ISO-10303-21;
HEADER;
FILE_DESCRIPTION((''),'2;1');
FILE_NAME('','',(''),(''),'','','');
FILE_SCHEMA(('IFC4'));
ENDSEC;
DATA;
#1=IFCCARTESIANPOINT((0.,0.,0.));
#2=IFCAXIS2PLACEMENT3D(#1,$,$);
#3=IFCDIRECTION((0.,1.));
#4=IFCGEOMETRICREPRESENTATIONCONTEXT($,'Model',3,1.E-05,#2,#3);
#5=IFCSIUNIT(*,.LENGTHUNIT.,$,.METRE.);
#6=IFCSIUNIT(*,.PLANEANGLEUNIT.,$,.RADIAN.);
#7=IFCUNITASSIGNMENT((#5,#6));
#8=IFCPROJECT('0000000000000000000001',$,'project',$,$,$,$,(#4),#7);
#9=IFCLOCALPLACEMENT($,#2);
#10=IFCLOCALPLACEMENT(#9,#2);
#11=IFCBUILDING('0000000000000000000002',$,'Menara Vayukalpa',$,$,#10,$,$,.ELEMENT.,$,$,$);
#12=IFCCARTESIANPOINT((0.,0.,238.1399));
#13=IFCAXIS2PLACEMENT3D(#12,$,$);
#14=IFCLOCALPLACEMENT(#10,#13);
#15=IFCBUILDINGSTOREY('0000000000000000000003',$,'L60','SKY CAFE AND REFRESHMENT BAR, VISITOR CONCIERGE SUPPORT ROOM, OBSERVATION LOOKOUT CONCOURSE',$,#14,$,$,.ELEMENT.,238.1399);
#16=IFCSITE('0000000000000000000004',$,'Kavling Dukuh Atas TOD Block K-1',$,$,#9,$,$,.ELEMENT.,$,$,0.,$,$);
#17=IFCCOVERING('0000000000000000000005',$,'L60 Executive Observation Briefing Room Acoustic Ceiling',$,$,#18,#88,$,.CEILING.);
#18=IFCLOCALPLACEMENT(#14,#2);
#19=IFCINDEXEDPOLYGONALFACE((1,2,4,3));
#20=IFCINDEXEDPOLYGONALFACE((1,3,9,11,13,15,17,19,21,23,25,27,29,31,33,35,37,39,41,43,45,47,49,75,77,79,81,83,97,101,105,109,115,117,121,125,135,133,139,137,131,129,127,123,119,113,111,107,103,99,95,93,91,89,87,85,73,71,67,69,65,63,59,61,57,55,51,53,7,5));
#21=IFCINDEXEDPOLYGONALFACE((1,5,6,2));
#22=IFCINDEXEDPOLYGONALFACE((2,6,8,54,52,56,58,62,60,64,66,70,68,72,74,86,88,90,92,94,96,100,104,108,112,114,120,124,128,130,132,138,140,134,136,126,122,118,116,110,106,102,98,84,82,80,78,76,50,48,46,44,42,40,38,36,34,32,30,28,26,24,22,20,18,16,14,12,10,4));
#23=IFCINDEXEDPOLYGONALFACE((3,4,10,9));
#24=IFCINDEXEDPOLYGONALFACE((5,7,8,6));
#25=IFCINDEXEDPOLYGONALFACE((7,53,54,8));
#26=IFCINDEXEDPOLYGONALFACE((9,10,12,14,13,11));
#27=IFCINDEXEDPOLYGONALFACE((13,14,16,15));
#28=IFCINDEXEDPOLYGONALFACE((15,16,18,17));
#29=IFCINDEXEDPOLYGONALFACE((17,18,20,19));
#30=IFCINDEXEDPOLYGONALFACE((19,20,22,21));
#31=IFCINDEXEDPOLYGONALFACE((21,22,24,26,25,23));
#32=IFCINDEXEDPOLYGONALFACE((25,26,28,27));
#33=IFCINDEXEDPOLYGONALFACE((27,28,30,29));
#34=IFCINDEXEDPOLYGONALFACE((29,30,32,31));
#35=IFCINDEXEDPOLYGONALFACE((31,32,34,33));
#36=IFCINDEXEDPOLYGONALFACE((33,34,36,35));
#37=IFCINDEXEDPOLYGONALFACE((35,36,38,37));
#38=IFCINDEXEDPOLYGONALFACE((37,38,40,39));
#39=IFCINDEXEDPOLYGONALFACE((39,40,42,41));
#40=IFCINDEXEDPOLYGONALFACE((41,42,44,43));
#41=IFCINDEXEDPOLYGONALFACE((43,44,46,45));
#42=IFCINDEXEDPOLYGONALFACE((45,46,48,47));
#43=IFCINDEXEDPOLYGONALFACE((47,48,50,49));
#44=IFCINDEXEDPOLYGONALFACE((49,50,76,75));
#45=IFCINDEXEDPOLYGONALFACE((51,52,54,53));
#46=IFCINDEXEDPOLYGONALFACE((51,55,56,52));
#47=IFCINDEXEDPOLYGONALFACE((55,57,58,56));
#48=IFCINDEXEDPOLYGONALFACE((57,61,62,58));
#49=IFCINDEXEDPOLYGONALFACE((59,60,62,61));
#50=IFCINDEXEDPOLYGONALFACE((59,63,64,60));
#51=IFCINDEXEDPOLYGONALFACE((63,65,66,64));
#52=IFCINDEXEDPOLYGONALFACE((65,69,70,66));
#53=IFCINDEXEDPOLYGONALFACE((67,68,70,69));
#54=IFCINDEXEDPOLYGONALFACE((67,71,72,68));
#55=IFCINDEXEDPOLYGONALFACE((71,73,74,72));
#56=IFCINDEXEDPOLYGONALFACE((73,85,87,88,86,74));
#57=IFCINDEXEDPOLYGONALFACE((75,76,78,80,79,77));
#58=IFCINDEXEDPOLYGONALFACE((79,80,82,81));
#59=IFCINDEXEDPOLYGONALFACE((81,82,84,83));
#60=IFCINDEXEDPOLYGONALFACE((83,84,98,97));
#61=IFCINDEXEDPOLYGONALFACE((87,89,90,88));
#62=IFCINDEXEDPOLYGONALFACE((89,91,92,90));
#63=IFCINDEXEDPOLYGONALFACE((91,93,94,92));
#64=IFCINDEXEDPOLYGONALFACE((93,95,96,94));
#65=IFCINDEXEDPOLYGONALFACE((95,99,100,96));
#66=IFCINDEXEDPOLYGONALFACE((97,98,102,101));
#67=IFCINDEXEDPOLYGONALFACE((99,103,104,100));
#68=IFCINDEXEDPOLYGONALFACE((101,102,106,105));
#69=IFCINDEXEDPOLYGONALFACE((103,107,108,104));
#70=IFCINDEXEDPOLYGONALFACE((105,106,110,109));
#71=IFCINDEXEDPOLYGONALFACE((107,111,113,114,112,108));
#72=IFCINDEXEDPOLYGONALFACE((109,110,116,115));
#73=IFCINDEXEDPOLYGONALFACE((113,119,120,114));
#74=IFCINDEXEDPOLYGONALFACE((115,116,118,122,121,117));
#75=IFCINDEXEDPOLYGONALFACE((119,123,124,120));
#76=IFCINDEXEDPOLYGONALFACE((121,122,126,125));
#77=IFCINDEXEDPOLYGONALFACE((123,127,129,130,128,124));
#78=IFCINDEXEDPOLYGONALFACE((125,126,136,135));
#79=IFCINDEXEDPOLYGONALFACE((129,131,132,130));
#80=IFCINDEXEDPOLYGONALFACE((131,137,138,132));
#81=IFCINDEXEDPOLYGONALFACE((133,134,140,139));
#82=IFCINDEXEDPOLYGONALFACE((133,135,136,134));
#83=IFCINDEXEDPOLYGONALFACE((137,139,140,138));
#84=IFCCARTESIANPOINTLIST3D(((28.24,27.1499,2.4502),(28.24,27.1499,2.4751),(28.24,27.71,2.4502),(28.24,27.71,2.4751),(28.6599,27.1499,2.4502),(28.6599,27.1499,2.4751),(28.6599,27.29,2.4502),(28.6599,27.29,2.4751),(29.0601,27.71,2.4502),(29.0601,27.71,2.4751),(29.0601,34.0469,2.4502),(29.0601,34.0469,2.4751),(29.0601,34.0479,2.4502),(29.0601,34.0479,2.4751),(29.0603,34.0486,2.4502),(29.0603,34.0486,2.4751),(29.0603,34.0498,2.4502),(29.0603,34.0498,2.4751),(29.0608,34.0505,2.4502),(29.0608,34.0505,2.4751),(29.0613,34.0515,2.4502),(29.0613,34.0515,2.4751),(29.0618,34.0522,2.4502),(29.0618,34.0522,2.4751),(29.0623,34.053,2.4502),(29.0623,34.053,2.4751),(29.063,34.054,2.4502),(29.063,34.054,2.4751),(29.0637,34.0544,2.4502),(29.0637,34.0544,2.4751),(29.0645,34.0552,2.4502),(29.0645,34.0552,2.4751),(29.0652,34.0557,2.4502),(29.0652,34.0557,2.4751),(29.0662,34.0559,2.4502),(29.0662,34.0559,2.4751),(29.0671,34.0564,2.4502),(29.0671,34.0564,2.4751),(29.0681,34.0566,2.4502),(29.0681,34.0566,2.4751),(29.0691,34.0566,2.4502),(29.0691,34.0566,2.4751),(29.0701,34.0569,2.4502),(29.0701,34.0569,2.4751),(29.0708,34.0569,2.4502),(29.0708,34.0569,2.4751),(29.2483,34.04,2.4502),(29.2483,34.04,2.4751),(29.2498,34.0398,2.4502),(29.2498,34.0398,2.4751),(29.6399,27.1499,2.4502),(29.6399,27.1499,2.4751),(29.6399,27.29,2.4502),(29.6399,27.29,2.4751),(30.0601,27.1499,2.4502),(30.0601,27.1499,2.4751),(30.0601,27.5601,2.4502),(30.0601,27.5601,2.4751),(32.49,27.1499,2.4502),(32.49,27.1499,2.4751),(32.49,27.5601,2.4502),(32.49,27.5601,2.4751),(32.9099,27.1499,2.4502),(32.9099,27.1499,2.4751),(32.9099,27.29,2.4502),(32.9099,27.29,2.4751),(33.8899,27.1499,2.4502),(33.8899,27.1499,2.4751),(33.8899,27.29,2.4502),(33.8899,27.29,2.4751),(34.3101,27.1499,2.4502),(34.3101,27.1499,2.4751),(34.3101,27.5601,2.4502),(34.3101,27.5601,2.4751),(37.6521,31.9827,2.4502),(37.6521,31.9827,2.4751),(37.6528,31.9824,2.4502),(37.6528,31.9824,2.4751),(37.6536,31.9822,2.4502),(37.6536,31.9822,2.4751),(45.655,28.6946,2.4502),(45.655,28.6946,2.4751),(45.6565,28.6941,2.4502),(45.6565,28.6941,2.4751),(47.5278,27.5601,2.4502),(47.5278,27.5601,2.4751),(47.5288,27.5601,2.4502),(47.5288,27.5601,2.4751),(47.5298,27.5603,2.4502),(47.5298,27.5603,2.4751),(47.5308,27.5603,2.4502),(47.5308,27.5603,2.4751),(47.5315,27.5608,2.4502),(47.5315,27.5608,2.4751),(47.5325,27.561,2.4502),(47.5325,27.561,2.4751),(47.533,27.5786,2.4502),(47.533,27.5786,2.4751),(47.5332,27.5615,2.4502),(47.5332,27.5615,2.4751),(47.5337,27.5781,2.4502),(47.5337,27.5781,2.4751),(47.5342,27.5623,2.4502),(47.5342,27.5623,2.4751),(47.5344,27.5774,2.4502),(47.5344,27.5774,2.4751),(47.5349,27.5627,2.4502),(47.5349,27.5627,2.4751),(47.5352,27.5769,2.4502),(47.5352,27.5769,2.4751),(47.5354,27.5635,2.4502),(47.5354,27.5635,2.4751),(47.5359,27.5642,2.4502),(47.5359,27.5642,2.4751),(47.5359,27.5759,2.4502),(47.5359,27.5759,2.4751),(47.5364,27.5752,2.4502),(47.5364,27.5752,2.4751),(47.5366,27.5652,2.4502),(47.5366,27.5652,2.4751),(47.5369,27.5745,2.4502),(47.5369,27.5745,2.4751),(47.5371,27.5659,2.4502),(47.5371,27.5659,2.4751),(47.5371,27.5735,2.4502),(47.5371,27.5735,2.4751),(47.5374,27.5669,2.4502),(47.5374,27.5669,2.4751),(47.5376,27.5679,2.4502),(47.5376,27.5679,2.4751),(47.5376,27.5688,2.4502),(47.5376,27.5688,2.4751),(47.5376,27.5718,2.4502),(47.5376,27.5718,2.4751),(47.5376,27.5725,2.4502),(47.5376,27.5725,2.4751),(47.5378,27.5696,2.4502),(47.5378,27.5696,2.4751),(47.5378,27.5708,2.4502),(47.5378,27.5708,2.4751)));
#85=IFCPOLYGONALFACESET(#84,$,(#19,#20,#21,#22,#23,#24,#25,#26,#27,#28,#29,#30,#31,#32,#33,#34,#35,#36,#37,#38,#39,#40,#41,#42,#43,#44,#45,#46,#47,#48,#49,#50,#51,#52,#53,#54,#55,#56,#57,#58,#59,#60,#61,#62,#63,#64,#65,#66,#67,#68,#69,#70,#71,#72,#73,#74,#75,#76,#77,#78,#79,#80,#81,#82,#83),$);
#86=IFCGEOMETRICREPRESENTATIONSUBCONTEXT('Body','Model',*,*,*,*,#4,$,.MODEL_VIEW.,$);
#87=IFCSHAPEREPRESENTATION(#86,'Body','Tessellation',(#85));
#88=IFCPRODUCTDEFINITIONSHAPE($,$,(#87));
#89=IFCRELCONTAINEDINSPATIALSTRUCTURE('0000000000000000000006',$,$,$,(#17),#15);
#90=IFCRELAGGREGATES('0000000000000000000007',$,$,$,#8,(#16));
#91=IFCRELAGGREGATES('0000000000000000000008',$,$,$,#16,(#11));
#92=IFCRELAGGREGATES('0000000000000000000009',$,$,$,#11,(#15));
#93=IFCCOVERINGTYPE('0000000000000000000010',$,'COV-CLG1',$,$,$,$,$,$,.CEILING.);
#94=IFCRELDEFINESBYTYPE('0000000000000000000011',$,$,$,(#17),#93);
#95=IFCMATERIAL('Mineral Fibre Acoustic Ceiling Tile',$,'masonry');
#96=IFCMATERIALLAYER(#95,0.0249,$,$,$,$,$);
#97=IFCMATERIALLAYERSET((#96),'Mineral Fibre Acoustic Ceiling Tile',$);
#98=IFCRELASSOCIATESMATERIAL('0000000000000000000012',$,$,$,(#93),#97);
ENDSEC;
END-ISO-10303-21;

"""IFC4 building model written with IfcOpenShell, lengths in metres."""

from ifc_helpers import new_model, si_unit, direction, frame, origin, place, context, subcontext, project, spatial, polyline, outline, extrude, material, layer, layer_set, type_object, element, save


model = new_model("IFC4")

# Units and contexts
model_context = context("Model", 3, precision=1e-05, world=origin(), true_north=direction((0.0, 1.0)))
body_context = subcontext(model_context, "Body", "Model", "MODEL_VIEW")
ifc_project = project(units=[si_unit("LENGTHUNIT", "METRE"), si_unit("PLANEANGLEUNIT", "RADIAN")], contexts=[model_context])

# Site, building, storey
site_placement = place(None, origin())
site = spatial("IfcSite", under=ifc_project, at=site_placement, Name="Kavling Dukuh Atas TOD Block K-1", CompositionType="ELEMENT", RefElevation=0.0)
building_placement = place(site_placement, origin())
building = spatial("IfcBuilding", under=site, at=building_placement, Name="Menara Vayukalpa", CompositionType="ELEMENT")
storey_placement = place(building_placement, frame((0.0, 0.0, 238.1399)))
storey = spatial("IfcBuildingStorey", under=building, at=storey_placement, Name="L60", Description="SKY CAFE AND REFRESHMENT BAR, VISITOR CONCIERGE SUPPORT ROOM, OBSERVATION LOOKOUT CONCOURSE", CompositionType="ELEMENT", Elevation=238.1399)

# Covering
ifc_material_1 = material(Name="Mineral Fibre Acoustic Ceiling Tile", Category="masonry")
ifc_layer_1 = layer(ifc_material_1, 0.0249)
ifc_layer_set_1 = layer_set([ifc_layer_1], Name="Mineral Fibre Acoustic Ceiling Tile")
covering_type_1 = type_object("IfcCoveringType", Name="COV-CLG1", PredefinedType="CEILING", material=ifc_layer_set_1)
covering_1_placement = place(storey_placement, frame((0.0, 0.0, 2.4502)))
element("IfcCovering", 1, at=covering_1_placement, inside=storey, type_object=covering_type_1, Name="L60 Executive Observation Briefing Room Acoustic Ceiling", PredefinedType="CEILING", context=body_context, shape_type="SweptSolid", body=[
    extrude(outline(polyline([(29.0601, 34.0469), (29.0601, 34.0479), (29.0603, 34.0486), (29.0603, 34.0498), (29.0608, 34.0505), (29.0613, 34.0515), (29.0618, 34.0522), (29.0623, 34.053), (29.063, 34.054), (29.0637, 34.0544), (29.0645, 34.0552), (29.0652, 34.0557), (29.0662, 34.0559), (29.0671, 34.0564), (29.0681, 34.0566), (29.0691, 34.0566), (29.0701, 34.0569), (29.0708, 34.0569), (29.2483, 34.04), (29.2498, 34.0398), (37.6521, 31.9827), (37.6528, 31.9824), (37.6536, 31.9822), (45.655, 28.6946), (45.6565, 28.6941), (47.533, 27.5786), (47.5337, 27.5781), (47.5344, 27.5774), (47.5352, 27.5769), (47.5359, 27.5759), (47.5364, 27.5752), (47.5369, 27.5745), (47.5371, 27.5735), (47.5376, 27.5725), (47.5376, 27.5718), (47.5378, 27.5708), (47.5378, 27.5696), (47.5376, 27.5688), (47.5376, 27.5679), (47.5374, 27.5669), (47.5371, 27.5659), (47.5366, 27.5652), (47.5359, 27.5642), (47.5354, 27.5635), (47.5349, 27.5627), (47.5342, 27.5623), (47.5332, 27.5615), (47.5325, 27.561), (47.5315, 27.5608), (47.5308, 27.5603), (47.5298, 27.5603), (47.5288, 27.5601), (47.5278, 27.5601), (34.3101, 27.5601), (34.3101, 27.1499), (33.8899, 27.1499), (33.8899, 27.29), (32.9099, 27.29), (32.9099, 27.1499), (32.49, 27.1499), (32.49, 27.5601), (30.0601, 27.5601), (30.0601, 27.1499), (29.6399, 27.1499), (29.6399, 27.29), (28.6599, 27.29), (28.6599, 27.1499), (28.24, 27.1499), (28.24, 27.71), (29.0601, 27.71), (29.0601, 34.0469)])), origin(), (0.0, 0.0, 1.0), 0.0249),
])

save(model, "model.ifc")
